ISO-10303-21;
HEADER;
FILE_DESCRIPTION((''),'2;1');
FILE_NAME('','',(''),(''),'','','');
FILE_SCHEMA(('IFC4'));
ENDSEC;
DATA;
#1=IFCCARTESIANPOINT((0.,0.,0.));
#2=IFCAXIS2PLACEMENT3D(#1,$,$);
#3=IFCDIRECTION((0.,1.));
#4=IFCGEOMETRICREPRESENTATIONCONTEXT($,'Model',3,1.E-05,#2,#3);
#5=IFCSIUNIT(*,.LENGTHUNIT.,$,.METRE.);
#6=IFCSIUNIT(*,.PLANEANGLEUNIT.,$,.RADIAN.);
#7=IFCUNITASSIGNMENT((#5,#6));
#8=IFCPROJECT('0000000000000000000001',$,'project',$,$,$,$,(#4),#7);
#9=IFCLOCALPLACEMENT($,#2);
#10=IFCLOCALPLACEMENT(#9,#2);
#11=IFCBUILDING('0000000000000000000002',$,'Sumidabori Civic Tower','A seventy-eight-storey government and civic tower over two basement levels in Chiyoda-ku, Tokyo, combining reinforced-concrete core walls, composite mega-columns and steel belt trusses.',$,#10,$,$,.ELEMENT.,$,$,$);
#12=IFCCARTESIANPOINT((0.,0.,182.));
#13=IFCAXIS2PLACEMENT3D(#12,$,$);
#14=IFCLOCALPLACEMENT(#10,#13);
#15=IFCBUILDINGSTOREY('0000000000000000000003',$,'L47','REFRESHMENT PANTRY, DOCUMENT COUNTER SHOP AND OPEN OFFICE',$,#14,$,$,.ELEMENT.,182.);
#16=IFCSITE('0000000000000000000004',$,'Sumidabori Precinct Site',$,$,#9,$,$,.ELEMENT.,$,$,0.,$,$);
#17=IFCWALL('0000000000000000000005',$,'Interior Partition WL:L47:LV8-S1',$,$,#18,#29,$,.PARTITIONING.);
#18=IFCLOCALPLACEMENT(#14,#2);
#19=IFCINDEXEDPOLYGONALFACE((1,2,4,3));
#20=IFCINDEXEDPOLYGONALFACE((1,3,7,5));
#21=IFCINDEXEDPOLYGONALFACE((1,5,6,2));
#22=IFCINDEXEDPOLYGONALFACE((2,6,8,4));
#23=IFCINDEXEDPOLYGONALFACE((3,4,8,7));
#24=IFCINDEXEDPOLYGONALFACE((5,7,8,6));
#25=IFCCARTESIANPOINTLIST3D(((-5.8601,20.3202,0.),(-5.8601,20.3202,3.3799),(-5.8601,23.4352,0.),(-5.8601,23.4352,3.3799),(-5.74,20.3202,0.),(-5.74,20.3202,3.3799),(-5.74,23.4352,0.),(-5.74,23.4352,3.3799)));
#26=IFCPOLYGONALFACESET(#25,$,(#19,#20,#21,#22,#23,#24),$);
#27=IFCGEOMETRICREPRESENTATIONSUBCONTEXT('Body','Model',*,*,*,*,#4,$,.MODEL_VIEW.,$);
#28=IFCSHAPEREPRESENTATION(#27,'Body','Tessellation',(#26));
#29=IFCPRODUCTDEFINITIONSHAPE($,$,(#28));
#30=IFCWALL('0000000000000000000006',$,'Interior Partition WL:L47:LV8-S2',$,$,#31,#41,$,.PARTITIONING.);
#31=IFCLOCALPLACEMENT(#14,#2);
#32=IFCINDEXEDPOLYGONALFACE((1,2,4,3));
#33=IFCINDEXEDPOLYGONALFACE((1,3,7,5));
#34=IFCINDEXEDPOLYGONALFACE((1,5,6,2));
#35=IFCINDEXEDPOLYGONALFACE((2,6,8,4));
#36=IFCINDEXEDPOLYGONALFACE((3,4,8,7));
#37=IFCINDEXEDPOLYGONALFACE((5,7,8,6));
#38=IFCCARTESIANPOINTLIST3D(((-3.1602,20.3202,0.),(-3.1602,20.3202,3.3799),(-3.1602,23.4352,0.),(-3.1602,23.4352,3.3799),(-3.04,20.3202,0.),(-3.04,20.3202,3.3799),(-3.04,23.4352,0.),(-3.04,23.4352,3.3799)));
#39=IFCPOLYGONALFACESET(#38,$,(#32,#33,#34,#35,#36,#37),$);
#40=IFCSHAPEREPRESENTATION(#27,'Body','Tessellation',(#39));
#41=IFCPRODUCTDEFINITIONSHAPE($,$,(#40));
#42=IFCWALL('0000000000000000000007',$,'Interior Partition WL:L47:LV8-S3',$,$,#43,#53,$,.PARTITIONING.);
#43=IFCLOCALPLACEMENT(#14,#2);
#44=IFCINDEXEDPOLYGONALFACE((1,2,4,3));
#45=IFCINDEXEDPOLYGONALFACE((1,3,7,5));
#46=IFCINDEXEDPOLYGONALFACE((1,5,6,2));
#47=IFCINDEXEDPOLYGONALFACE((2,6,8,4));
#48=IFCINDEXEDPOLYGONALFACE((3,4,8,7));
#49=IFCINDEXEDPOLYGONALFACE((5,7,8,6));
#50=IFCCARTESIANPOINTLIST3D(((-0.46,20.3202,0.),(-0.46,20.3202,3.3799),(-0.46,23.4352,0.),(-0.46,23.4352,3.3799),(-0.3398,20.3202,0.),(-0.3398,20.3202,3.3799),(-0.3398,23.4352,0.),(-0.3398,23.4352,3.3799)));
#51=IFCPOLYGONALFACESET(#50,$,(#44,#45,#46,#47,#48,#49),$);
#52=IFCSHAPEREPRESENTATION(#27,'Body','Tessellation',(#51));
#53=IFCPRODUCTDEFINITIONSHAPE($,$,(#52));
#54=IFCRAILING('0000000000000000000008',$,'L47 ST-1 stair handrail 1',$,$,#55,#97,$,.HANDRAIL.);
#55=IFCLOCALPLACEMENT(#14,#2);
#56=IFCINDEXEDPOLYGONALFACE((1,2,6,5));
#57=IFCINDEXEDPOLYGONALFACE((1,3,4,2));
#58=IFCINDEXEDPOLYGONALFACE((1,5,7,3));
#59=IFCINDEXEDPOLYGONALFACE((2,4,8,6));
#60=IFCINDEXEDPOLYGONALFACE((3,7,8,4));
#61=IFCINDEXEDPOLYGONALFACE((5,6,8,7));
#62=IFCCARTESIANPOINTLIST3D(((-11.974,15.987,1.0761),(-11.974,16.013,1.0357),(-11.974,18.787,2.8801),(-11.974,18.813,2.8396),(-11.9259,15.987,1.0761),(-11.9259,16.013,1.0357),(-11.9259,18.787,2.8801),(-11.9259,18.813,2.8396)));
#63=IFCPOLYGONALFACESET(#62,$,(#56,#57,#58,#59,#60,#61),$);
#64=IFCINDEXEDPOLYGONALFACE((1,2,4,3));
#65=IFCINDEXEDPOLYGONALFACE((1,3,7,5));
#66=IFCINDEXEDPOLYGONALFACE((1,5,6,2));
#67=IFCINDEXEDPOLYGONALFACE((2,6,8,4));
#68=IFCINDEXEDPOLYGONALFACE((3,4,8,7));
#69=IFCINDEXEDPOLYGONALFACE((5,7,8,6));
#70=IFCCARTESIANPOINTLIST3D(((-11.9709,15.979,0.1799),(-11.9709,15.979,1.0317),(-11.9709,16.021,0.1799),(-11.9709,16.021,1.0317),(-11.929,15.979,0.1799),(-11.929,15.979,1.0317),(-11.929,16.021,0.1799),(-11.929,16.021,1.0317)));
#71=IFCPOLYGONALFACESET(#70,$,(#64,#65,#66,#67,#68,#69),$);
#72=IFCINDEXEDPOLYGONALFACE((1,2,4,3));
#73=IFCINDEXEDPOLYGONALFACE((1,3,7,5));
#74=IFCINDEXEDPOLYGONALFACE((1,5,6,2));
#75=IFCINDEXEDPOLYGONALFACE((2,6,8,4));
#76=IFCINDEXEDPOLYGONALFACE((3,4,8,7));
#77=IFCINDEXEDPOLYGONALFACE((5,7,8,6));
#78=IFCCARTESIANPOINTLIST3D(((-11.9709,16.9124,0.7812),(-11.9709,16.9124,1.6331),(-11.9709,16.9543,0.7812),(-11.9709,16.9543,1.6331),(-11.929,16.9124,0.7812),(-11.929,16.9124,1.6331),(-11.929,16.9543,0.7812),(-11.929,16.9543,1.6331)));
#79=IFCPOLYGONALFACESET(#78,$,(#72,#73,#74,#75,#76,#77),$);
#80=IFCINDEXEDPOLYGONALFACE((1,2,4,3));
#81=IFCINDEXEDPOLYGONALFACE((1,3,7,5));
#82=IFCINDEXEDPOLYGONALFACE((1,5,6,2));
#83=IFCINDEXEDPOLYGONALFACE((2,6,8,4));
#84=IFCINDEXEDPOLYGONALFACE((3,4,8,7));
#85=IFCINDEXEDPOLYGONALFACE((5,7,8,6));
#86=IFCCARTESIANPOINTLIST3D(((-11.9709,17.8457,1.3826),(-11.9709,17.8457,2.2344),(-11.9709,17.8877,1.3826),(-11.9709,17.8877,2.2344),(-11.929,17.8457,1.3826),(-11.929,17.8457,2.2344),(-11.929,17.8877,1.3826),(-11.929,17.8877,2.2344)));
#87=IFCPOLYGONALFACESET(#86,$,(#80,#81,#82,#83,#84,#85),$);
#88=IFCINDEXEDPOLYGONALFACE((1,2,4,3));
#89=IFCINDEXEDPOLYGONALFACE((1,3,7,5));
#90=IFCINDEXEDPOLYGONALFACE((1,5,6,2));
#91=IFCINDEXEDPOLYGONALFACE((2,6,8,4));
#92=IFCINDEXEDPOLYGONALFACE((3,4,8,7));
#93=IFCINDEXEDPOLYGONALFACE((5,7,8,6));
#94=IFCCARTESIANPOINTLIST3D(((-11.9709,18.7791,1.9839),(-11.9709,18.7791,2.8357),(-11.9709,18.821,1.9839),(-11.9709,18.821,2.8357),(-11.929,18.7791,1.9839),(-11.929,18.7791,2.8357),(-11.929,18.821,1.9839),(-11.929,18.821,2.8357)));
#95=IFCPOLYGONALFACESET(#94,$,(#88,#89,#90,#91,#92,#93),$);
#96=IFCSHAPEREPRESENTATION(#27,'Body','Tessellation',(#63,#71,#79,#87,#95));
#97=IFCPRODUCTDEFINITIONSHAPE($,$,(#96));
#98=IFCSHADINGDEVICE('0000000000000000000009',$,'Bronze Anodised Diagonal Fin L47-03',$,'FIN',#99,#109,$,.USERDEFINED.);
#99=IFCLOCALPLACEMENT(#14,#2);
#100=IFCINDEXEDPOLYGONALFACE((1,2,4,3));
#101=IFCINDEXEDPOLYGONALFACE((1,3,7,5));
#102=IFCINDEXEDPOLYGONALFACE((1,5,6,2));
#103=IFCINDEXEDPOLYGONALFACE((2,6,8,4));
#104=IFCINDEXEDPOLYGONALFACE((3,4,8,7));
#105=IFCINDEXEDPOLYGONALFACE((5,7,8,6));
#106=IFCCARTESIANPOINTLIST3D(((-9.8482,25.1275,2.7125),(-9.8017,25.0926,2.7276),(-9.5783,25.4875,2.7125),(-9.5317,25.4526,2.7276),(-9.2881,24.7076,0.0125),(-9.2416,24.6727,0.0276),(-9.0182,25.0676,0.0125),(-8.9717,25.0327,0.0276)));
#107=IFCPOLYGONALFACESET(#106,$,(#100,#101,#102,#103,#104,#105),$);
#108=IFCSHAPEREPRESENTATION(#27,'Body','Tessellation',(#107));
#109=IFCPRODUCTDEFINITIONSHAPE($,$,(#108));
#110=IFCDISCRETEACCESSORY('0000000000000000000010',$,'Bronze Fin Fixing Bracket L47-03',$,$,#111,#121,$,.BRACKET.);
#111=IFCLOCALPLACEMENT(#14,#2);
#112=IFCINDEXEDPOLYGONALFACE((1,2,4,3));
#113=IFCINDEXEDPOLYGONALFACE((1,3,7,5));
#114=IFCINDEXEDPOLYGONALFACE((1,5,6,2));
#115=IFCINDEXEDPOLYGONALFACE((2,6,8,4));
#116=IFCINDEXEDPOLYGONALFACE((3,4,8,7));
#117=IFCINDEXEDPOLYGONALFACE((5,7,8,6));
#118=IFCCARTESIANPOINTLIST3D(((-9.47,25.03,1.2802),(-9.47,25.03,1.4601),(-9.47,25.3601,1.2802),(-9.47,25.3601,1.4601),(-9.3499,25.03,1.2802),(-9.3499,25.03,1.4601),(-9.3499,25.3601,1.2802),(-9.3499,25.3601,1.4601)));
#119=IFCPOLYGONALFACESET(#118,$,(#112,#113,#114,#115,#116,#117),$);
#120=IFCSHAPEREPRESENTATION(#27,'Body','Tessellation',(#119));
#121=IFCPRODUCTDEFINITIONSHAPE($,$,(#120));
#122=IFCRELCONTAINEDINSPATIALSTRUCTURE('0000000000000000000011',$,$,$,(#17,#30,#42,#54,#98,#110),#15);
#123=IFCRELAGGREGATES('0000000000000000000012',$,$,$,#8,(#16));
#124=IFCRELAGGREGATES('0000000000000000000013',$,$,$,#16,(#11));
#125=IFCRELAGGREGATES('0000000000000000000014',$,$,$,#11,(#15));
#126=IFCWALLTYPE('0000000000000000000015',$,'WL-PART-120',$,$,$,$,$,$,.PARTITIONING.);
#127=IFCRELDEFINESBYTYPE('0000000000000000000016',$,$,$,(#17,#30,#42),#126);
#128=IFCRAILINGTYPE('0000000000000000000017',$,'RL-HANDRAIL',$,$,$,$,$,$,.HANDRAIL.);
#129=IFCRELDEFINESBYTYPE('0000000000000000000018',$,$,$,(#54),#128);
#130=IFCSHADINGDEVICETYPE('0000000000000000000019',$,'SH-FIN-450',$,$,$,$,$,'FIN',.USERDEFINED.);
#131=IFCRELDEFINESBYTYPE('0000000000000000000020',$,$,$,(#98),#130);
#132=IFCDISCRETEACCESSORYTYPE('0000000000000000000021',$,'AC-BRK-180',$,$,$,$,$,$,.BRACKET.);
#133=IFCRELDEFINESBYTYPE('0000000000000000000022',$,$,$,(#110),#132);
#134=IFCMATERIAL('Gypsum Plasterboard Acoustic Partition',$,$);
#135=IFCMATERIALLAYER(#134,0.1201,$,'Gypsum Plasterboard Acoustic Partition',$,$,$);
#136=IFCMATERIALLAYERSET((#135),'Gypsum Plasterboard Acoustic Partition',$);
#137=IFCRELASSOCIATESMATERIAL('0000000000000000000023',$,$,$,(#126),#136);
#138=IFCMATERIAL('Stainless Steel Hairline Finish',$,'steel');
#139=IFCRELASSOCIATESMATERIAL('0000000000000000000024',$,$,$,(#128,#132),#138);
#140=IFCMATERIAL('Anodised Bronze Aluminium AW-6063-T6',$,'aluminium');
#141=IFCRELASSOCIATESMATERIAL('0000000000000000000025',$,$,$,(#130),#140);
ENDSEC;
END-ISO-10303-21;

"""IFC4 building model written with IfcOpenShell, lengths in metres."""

from ifc_helpers import new_model, si_unit, direction, frame, frame_2d, origin, origin_2d, place, context, subcontext, project, spatial, rectangle, extrude, source, transform, mapped, material, layer, layer_set, material_profile, profile_set, type_object, element, save


model = new_model("IFC4")

# Units and contexts
model_context = context("Model", 3, precision=1e-05, world=origin(), true_north=direction((0.0, 1.0)))
body_context = subcontext(model_context, "Body", "Model", "MODEL_VIEW")
ifc_project = project(units=[si_unit("LENGTHUNIT", "METRE"), si_unit("PLANEANGLEUNIT", "RADIAN")], contexts=[model_context])

# Site, building, storey
site_placement = place(None, origin())
site = spatial("IfcSite", under=ifc_project, at=site_placement, Name="Sumidabori Precinct Site", CompositionType="ELEMENT", RefElevation=0.0)
building_placement = place(site_placement, origin())
building = spatial("IfcBuilding", under=site, at=building_placement, Name="Sumidabori Civic Tower", Description="A seventy-eight-storey government and civic tower over two basement levels in Chiyoda-ku, Tokyo, combining reinforced-concrete core walls, composite mega-columns and steel belt trusses.", CompositionType="ELEMENT")
storey_placement = place(building_placement, frame((0.0, 0.0, 182.0)))
storey = spatial("IfcBuildingStorey", under=building, at=storey_placement, Name="L47", Description="REFRESHMENT PANTRY, DOCUMENT COUNTER SHOP AND OPEN OFFICE", CompositionType="ELEMENT", Elevation=182.0)

# Shared definitions
ifc_material_1 = material(Name="Anodised Bronze Aluminium AW-6063-T6", Category="aluminium")

# Shared definitions
ifc_material_2 = material(Name="Gypsum Plasterboard Acoustic Partition")

# Walls
ifc_layer_1 = layer(ifc_material_2, 0.1201, Name="Gypsum Plasterboard Acoustic Partition")
ifc_layer_set_1 = layer_set([ifc_layer_1], Name="Gypsum Plasterboard Acoustic Partition")
wall_type_1 = type_object("IfcWallType", Name="WL-PART-120", PredefinedType="PARTITIONING", material=ifc_layer_set_1)
shared_shape_1 = source(origin(), body_context, "Body", "SweptSolid", [
    extrude(rectangle(XDim=3.115, YDim=0.1201, at=frame_2d((1.5576, 0.0))), origin(), (0.0, 0.0, 1.0), 3.3799),
])
for number, where, z_axis, x_axis, name in (
    (1, (-5.8, 20.3201, 0.0), (0.0, 0.0, 1.0), (0.0, 1.0, 0.0), "Interior Partition WL:L47:LV8-S1"),
    (2, (-3.1001, 20.3201, 0.0), (0.0, 0.0, 1.0), (0.0, 1.0, 0.0), "Interior Partition WL:L47:LV8-S2"),
    (3, (-0.3999, 20.3201, 0.0), (0.0, 0.0, 1.0), (0.0, 1.0, 0.0), "Interior Partition WL:L47:LV8-S3"),
):
    element("IfcWall", number, at=place(storey_placement, frame(where, z_axis=z_axis, x_axis=x_axis)), inside=storey, type_object=wall_type_1, Name=name, PredefinedType="PARTITIONING", context=body_context, shape_type="MappedRepresentation", body=[
        mapped(shared_shape_1, transform((0.0, 0.0, 0.0), x_axis=(1.0, 0.0, 0.0), y_axis=(0.0, 1.0, 0.0), z_axis=(0.0, 0.0, 1.0), scale=1.0)),
    ])

# Railing
ifc_material_3 = material(Name="Stainless Steel Hairline Finish", Category="steel")
railing_type = type_object("IfcRailingType", Name="RL-HANDRAIL", PredefinedType="HANDRAIL", material=ifc_material_3)
railing_placement = place(storey_placement, frame((-11.95, 16.0, 0.1799)))
element("IfcRailing", 4, at=railing_placement, inside=storey, type_object=railing_type, Name="L47 ST-1 stair handrail 1", PredefinedType="HANDRAIL", context=body_context, shape_type="SweptSolid", body=[
    extrude(rectangle(XDim=0.0481, YDim=0.0481, at=origin_2d()), frame((0.0, 0.0, 0.876), z_axis=(0.0, 0.840642, 0.541591), x_axis=(-1.0, 0.0, 0.0)), (0.0, 0.0, 1.0), 3.3308),
    extrude(rectangle(XDim=0.042, YDim=0.042, at=origin_2d()), origin(), (0.0, 0.0, 1.0), 0.8518),
    extrude(rectangle(XDim=0.042, YDim=0.042, at=origin_2d()), frame((0.0, 0.9333, 0.6013)), (0.0, 0.0, 1.0), 0.8518),
    extrude(rectangle(XDim=0.042, YDim=0.042, at=origin_2d()), frame((0.0, 1.8667, 1.2026)), (0.0, 0.0, 1.0), 0.8518),
    extrude(rectangle(XDim=0.042, YDim=0.042, at=origin_2d()), frame((0.0, 2.8, 1.804)), (0.0, 0.0, 1.0), 0.8518),
])

# Shading device
ifc_material_profile_1 = material_profile(ifc_material_1, rectangle(XDim=0.0601, YDim=0.45, at=origin_2d()), Name="BRONZE FIN 450x60")
ifc_profile_set_1 = profile_set([ifc_material_profile_1], Name="Anodised Bronze Aluminium AW-6063-T6")
shading_device_type = type_object("IfcShadingDeviceType", Name="SH-FIN-450", ElementType="FIN", PredefinedType="USERDEFINED", material=ifc_profile_set_1)
shared_shape_2 = source(origin(), body_context, "Body", "SweptSolid", [
    extrude(rectangle(XDim=0.0601, YDim=0.45, at=origin_2d()), origin(), (0.0, 0.0, 1.0), 2.7893),
])
shading_device_placement = place(storey_placement, frame((-9.1299, 24.8701, 0.02), z_axis=(-0.200794, 0.150552, 0.967996), x_axis=(0.774478, -0.580689, 0.250966)))
element("IfcShadingDevice", 5, at=shading_device_placement, inside=storey, type_object=shading_device_type, Name="Bronze Anodised Diagonal Fin L47-03", ObjectType="FIN", PredefinedType="USERDEFINED", context=body_context, shape_type="MappedRepresentation", body=[
    mapped(shared_shape_2, transform((0.0, 0.0, 0.0), x_axis=(1.0, 0.0, 0.0), y_axis=(0.0, 1.0, 0.0), z_axis=(0.0, 0.0, 1.0), scale=1.0)),
])

# Discrete accessory
ifc_material_profile_2 = material_profile(ifc_material_3, rectangle(XDim=0.1201, YDim=0.1799, at=origin_2d()), Name="STEEL BRACKET 180x120")
ifc_profile_set_2 = profile_set([ifc_material_profile_2], Name="Stainless Steel Hairline Finish")
discrete_accessory_type = type_object("IfcDiscreteAccessoryType", Name="AC-BRK-180", PredefinedType="BRACKET", material=ifc_profile_set_2)
shared_shape_3 = source(origin(), body_context, "Body", "SweptSolid", [
    extrude(rectangle(XDim=0.1201, YDim=0.1799, at=origin_2d()), origin(), (0.0, 0.0, 1.0), 0.3301),
])
discrete_accessory_placement = place(storey_placement, frame((-9.4099, 25.03, 1.3701), z_axis=(0.0, 1.0, 0.0), x_axis=(-1.0, 0.0, 0.0)))
element("IfcDiscreteAccessory", 6, at=discrete_accessory_placement, inside=storey, type_object=discrete_accessory_type, Name="Bronze Fin Fixing Bracket L47-03", PredefinedType="BRACKET", context=body_context, shape_type="MappedRepresentation", body=[
    mapped(shared_shape_3, transform((0.0, 0.0, 0.0), x_axis=(1.0, 0.0, 0.0), y_axis=(0.0, 1.0, 0.0), z_axis=(0.0, 0.0, 1.0), scale=1.0)),
])

save(model, "model.ifc")
